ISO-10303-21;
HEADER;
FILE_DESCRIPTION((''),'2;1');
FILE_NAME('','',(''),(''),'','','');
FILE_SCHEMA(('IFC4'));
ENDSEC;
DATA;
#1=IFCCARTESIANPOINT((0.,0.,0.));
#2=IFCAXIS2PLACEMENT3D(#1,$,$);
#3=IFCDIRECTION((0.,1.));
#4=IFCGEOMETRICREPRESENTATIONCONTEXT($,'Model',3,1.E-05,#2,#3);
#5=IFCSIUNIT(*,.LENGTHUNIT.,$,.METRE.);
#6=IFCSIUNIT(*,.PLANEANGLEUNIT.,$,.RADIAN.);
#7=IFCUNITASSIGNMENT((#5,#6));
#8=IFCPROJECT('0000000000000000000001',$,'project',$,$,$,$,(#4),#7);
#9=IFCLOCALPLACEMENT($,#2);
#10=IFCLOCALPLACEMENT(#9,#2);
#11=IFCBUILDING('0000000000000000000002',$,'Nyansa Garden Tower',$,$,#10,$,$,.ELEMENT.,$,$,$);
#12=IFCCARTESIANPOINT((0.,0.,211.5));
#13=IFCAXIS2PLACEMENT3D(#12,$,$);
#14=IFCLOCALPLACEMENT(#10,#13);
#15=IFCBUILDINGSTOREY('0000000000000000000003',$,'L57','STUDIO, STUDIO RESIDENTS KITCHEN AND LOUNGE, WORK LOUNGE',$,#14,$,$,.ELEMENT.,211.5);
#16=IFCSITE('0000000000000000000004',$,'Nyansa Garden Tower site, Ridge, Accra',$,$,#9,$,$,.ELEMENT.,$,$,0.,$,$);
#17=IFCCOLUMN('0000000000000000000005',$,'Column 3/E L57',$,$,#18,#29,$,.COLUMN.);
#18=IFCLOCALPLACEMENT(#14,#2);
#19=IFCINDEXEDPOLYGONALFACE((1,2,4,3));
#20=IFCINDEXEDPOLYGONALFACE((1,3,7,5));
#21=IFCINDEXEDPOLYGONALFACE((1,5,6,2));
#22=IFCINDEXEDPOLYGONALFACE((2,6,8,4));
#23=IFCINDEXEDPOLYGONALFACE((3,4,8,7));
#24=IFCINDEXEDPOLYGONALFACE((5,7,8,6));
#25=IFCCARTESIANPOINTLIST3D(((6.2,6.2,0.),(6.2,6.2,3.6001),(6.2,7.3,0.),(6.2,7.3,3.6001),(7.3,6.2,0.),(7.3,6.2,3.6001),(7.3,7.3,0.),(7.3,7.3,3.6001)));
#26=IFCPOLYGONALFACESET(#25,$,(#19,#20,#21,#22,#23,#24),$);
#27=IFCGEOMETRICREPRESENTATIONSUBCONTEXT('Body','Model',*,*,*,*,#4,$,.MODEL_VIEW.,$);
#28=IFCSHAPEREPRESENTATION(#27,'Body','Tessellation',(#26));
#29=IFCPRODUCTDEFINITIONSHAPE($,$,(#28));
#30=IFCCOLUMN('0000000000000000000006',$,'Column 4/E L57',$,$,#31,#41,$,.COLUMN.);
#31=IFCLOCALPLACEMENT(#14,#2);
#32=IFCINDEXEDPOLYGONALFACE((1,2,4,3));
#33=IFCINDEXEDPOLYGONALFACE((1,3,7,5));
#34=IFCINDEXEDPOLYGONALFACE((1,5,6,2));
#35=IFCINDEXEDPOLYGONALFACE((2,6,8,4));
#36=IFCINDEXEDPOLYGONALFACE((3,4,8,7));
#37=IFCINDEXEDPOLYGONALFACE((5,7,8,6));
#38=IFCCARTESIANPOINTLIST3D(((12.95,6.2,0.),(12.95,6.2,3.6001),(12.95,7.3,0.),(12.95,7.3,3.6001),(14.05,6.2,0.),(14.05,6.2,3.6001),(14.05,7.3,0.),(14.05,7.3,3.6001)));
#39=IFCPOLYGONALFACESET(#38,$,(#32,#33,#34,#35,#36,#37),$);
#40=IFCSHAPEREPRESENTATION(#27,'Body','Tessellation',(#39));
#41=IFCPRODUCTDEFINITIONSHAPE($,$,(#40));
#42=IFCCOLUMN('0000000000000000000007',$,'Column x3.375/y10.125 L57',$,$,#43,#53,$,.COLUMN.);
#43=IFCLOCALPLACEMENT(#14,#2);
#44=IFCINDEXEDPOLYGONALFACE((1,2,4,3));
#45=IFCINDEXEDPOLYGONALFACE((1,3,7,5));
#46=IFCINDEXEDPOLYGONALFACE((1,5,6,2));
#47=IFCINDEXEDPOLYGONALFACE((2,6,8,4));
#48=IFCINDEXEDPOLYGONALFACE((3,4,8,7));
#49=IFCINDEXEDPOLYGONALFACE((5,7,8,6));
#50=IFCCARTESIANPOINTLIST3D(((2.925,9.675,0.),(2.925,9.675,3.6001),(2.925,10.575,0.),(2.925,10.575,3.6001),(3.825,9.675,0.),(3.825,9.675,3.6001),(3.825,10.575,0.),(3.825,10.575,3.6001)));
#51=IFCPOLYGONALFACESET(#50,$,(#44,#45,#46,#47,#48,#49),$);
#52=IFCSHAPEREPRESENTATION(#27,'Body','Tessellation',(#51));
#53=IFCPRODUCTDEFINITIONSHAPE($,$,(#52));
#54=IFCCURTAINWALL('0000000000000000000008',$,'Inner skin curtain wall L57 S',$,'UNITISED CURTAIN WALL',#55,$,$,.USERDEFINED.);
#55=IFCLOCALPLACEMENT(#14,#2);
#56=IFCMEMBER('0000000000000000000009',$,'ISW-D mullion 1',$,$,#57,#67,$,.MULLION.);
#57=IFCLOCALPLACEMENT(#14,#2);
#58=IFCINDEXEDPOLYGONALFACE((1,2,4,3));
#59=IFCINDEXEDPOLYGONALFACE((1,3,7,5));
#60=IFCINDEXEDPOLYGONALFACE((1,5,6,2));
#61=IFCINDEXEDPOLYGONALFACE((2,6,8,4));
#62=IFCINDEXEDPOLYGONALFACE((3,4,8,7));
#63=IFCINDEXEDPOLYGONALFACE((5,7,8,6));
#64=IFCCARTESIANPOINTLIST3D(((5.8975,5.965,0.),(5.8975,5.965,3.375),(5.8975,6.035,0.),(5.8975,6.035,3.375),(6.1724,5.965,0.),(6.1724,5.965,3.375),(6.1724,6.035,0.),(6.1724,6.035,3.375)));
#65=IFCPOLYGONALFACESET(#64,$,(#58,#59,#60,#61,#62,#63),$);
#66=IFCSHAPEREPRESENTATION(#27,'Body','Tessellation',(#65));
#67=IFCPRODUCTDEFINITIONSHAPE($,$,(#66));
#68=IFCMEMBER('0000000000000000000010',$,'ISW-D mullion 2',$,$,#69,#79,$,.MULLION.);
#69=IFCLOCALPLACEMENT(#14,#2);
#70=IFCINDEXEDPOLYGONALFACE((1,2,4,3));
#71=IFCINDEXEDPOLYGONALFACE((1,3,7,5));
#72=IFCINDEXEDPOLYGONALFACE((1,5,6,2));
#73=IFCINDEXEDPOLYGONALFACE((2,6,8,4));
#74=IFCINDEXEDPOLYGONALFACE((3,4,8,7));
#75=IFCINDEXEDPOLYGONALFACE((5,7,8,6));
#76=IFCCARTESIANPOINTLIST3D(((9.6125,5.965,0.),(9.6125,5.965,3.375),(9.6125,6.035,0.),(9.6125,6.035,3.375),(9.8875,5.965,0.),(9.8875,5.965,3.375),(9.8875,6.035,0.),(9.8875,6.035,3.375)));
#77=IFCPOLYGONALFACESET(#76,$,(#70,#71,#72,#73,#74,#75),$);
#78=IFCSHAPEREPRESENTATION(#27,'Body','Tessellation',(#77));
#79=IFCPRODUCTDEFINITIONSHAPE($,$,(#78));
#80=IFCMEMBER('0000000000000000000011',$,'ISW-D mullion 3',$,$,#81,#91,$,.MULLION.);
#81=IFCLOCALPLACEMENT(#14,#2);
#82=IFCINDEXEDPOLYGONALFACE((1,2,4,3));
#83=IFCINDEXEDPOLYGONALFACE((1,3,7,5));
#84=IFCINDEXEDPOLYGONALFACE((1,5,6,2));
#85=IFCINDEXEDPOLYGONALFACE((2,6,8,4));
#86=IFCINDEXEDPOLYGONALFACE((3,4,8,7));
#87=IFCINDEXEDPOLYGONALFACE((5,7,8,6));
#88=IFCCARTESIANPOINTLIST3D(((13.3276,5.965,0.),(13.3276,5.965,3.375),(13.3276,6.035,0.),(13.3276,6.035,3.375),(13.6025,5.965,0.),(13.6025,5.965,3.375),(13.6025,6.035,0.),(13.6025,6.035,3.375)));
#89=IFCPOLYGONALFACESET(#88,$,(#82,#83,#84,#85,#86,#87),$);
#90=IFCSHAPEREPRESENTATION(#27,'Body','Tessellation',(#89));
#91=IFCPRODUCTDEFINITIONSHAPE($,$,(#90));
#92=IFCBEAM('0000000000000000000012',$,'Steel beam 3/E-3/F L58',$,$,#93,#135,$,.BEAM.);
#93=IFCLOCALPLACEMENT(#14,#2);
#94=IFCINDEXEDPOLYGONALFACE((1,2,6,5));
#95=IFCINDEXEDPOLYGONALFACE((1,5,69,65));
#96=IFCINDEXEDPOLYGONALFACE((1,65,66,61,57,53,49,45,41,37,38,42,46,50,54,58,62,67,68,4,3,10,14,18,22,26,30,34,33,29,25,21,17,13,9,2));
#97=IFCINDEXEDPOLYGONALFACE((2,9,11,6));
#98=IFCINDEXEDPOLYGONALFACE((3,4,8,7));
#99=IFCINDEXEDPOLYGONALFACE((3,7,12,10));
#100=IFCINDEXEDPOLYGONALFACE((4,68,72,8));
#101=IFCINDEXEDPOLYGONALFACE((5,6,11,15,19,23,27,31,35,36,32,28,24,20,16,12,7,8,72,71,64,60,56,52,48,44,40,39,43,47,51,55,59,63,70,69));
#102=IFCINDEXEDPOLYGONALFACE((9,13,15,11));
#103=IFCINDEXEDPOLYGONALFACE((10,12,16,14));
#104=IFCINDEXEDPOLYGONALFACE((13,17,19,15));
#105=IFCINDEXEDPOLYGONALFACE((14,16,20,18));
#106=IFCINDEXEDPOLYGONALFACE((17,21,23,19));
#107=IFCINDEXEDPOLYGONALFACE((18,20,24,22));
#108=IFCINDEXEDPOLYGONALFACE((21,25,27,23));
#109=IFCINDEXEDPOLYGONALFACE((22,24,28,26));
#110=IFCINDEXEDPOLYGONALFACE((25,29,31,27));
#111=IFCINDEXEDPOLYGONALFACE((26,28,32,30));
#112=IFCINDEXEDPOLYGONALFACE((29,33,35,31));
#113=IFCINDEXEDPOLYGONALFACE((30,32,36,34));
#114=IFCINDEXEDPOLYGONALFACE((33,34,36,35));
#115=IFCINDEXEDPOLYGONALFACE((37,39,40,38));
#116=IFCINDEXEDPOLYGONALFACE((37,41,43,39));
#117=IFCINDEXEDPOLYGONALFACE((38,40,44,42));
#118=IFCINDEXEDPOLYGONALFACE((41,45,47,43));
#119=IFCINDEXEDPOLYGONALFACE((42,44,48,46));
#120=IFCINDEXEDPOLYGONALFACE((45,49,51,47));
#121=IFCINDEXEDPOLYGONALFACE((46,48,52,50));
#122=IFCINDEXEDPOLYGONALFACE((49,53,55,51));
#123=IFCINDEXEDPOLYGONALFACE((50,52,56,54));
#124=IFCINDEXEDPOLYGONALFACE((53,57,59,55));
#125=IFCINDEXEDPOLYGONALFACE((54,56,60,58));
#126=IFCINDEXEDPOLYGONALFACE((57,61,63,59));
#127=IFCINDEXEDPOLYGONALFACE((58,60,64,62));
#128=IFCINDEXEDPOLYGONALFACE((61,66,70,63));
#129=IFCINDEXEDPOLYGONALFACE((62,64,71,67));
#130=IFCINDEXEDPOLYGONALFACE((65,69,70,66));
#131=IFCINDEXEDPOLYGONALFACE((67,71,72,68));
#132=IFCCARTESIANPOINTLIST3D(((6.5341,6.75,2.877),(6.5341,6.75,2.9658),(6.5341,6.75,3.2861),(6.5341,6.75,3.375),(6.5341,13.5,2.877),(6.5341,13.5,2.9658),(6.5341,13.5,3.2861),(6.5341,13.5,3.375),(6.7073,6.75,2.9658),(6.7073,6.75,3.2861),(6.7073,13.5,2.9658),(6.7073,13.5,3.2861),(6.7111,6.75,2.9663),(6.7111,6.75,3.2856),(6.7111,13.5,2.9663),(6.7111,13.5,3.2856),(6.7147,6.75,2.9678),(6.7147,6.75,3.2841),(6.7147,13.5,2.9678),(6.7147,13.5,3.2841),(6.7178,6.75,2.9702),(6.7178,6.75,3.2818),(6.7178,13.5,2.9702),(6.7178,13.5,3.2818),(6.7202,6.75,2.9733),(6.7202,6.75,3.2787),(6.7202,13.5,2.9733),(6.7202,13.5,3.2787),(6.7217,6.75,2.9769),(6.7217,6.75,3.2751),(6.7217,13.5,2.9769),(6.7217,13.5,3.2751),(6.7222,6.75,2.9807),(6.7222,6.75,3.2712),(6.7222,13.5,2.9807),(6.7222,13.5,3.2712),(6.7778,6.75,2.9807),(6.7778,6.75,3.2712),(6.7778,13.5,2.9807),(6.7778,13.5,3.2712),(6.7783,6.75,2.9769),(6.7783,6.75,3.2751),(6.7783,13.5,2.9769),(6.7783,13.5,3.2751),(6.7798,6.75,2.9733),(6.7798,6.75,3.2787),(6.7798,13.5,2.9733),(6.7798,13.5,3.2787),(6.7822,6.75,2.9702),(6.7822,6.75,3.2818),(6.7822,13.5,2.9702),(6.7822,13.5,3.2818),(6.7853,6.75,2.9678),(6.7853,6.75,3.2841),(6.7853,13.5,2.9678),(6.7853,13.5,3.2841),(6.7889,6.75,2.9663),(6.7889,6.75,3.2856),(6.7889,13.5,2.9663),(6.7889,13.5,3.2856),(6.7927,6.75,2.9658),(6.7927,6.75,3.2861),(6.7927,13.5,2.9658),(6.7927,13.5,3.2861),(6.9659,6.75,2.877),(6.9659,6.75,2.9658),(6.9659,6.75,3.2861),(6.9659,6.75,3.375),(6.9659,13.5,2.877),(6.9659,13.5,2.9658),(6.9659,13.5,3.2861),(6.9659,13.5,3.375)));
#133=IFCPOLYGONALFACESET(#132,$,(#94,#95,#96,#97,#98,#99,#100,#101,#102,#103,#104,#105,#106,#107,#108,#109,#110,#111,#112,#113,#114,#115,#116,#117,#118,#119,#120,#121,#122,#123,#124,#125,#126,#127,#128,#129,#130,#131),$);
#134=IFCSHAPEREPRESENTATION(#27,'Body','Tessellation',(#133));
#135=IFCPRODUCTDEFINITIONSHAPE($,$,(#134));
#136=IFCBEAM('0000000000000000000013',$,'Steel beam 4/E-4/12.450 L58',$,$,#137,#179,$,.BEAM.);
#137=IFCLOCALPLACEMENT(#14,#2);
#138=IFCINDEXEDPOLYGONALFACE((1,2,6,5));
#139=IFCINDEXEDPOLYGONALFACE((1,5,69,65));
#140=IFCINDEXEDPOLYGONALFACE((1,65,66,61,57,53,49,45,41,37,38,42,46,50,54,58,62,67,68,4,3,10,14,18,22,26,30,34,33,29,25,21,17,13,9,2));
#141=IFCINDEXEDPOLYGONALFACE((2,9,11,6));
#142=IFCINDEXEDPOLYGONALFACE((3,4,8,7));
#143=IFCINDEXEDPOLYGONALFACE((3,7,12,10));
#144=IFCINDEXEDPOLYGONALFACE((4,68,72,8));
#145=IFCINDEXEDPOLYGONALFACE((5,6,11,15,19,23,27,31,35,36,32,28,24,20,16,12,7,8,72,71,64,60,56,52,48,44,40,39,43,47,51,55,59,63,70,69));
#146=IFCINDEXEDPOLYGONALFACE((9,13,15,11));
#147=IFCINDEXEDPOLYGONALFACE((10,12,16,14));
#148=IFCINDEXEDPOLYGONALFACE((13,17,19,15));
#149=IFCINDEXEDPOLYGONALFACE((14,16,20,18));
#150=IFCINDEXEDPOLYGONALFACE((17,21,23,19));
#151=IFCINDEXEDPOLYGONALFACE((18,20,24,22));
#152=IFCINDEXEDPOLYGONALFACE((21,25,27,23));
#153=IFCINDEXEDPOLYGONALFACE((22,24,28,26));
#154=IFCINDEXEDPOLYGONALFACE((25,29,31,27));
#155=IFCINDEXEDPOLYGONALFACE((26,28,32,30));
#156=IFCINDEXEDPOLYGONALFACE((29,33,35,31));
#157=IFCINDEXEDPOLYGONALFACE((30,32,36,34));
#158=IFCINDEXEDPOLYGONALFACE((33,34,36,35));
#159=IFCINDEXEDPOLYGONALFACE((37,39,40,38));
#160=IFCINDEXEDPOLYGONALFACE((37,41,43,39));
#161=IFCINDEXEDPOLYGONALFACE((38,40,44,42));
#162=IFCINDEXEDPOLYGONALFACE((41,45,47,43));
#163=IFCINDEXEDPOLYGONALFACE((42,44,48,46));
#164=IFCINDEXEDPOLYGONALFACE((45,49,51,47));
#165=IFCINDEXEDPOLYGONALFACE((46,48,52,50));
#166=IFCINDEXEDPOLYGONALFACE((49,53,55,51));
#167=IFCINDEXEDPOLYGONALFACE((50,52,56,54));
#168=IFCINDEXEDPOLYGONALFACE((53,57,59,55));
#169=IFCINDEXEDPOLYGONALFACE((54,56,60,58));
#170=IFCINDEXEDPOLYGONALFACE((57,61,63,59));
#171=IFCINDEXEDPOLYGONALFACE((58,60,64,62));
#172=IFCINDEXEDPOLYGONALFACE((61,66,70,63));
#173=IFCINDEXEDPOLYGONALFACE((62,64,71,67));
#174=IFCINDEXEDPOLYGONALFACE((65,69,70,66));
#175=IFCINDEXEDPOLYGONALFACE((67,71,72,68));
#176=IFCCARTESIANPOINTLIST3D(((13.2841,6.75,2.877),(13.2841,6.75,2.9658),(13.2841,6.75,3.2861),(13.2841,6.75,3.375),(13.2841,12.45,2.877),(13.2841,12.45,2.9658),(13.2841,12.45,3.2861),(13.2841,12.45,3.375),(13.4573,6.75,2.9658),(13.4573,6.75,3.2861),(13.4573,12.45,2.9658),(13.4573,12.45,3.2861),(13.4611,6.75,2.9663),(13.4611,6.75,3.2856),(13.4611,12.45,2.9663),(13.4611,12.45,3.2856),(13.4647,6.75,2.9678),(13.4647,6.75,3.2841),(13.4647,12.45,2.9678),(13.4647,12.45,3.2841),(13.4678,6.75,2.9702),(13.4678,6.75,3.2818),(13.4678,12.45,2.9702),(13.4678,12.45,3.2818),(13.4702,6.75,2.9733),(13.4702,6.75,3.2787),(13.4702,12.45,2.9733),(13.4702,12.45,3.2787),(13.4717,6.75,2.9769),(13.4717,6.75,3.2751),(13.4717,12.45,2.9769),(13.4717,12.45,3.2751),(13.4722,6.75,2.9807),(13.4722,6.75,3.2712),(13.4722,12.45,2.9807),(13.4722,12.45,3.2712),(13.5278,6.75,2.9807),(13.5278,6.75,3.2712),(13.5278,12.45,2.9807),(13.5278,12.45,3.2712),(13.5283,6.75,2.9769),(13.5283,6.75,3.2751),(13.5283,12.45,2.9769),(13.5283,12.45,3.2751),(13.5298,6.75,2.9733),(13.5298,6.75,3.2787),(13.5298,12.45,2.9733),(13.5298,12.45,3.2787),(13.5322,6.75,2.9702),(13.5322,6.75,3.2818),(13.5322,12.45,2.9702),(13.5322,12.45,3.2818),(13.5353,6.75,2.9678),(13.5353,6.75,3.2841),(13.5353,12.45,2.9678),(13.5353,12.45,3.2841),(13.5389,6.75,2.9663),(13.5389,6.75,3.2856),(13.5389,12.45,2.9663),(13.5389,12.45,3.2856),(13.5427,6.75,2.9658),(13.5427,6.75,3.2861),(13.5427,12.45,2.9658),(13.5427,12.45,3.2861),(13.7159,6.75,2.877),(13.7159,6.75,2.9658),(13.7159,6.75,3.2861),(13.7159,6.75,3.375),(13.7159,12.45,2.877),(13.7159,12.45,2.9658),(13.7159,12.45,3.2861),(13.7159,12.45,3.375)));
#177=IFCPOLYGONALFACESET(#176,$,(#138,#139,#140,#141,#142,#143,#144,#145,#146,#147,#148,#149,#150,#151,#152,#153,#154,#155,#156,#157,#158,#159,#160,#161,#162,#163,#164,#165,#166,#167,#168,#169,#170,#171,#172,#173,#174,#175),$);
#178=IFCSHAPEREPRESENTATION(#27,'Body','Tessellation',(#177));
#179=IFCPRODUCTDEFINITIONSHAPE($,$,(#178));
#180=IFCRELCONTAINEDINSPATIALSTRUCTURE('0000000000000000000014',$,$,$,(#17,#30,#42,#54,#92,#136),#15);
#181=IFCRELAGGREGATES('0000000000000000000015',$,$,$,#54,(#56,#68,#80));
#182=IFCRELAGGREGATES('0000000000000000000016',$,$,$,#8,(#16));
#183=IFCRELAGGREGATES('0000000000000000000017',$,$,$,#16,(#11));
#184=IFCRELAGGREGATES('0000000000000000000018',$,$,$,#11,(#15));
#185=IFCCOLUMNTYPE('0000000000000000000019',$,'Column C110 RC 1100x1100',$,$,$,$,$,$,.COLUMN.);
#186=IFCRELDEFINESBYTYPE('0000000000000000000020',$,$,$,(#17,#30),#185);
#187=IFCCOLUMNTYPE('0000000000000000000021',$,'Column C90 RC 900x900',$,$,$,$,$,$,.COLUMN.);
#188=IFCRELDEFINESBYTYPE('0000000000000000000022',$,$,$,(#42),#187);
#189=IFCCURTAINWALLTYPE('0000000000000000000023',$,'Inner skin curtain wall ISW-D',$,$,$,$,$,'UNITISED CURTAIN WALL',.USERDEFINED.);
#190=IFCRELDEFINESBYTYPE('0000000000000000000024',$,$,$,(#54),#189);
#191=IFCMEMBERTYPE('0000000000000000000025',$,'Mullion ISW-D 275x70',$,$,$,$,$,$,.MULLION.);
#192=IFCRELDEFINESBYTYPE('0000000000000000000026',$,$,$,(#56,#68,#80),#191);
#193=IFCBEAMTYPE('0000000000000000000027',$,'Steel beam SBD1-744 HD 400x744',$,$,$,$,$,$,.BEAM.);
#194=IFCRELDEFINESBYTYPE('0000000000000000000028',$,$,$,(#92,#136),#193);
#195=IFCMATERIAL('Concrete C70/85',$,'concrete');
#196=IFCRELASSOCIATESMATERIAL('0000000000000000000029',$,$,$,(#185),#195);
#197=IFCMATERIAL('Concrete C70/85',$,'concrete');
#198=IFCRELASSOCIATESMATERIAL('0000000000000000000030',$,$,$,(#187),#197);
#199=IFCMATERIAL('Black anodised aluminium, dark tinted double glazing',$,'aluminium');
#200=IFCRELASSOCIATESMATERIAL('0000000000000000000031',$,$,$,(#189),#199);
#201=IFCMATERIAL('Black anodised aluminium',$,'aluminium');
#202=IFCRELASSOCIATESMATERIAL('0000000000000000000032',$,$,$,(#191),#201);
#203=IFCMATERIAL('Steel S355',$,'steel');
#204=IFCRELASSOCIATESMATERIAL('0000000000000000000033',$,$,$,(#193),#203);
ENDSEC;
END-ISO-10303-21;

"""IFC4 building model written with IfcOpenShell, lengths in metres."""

from ifc_helpers import new_model, si_unit, direction, frame, origin, origin_2d, place, context, subcontext, project, spatial, rectangle, i_section, extrude, material, material_profile, profile_set, type_object, element, aggregate, save


model = new_model("IFC4")

# Units and contexts
model_context = context("Model", 3, precision=1e-05, world=origin(), true_north=direction((0.0, 1.0)))
body_context = subcontext(model_context, "Body", "Model", "MODEL_VIEW")
ifc_project = project(units=[si_unit("LENGTHUNIT", "METRE"), si_unit("PLANEANGLEUNIT", "RADIAN")], contexts=[model_context])

# Site, building, storey
site_placement = place(None, origin())
site = spatial("IfcSite", under=ifc_project, at=site_placement, Name="Nyansa Garden Tower site, Ridge, Accra", CompositionType="ELEMENT", RefElevation=0.0)
building_placement = place(site_placement, origin())
building = spatial("IfcBuilding", under=site, at=building_placement, Name="Nyansa Garden Tower", CompositionType="ELEMENT")
storey_placement = place(building_placement, frame((0.0, 0.0, 211.5)))
storey = spatial("IfcBuildingStorey", under=building, at=storey_placement, Name="L57", Description="STUDIO, STUDIO RESIDENTS KITCHEN AND LOUNGE, WORK LOUNGE", CompositionType="ELEMENT", Elevation=211.5)

# Columns
ifc_material_1 = material(Name="Concrete C70/85", Category="concrete")
ifc_material_profile_1 = material_profile(ifc_material_1, rectangle(XDim=1.1001, YDim=1.1001, at=origin_2d()), Name="RC 1100x1100")
ifc_profile_set_1 = profile_set([ifc_material_profile_1], Name="Concrete C70/85")
column_type_1 = type_object("IfcColumnType", Name="Column C110 RC 1100x1100", PredefinedType="COLUMN", material=ifc_profile_set_1)
for number, where, z_axis, x_axis, name in (
    (1, (6.75, 6.75, 0.0), (0.0, 0.0, 1.0), (1.0, 0.0, 0.0), "Column 3/E L57"),
    (2, (13.5, 6.75, 0.0), (0.0, 0.0, 1.0), (1.0, 0.0, 0.0), "Column 4/E L57"),
):
    element("IfcColumn", number, at=place(storey_placement, frame(where, z_axis=z_axis, x_axis=x_axis)), inside=storey, type_object=column_type_1, Name=name, PredefinedType="COLUMN", context=body_context, shape_type="SweptSolid", body=[
        extrude(rectangle(XDim=1.1001, YDim=1.1001, at=origin_2d()), origin(), (0.0, 0.0, 1.0), 3.6001),
    ])
ifc_material_2 = material(Name="Concrete C70/85", Category="concrete")
ifc_material_profile_2 = material_profile(ifc_material_2, rectangle(XDim=0.8999, YDim=0.8999, at=origin_2d()), Name="RC 900x900")
ifc_profile_set_2 = profile_set([ifc_material_profile_2], Name="Concrete C70/85")
column_type_2 = type_object("IfcColumnType", Name="Column C90 RC 900x900", PredefinedType="COLUMN", material=ifc_profile_set_2)
column_placement = place(storey_placement, frame((3.375, 10.125, 0.0), z_axis=(0.0, 0.0, 1.0), x_axis=(1.0, 0.0, 0.0)))
element("IfcColumn", 3, at=column_placement, inside=storey, type_object=column_type_2, Name="Column x3.375/y10.125 L57", PredefinedType="COLUMN", context=body_context, shape_type="SweptSolid", body=[
    extrude(rectangle(XDim=0.8999, YDim=0.8999, at=origin_2d()), origin(), (0.0, 0.0, 1.0), 3.6001),
])

# Curtain wall, members
ifc_material_3 = material(Name="Black anodised aluminium, dark tinted double glazing", Category="aluminium")
curtain_wall_type = type_object("IfcCurtainWallType", Name="Inner skin curtain wall ISW-D", ElementType="UNITISED CURTAIN WALL", PredefinedType="USERDEFINED", material=ifc_material_3)
curtain_wall_placement = place(storey_placement, origin())
curtain_wall = element("IfcCurtainWall", 4, at=curtain_wall_placement, inside=storey, type_object=curtain_wall_type, Name="Inner skin curtain wall L57 S", ObjectType="UNITISED CURTAIN WALL", PredefinedType="USERDEFINED")
ifc_material_4 = material(Name="Black anodised aluminium", Category="aluminium")
ifc_material_profile_3 = material_profile(ifc_material_4, rectangle(XDim=0.0701, YDim=0.2749, at=origin_2d()), Name="Mullion 275x70")
ifc_profile_set_3 = profile_set([ifc_material_profile_3], Name="Black anodised aluminium")
member_type_1 = type_object("IfcMemberType", Name="Mullion ISW-D 275x70", PredefinedType="MULLION", material=ifc_profile_set_3)
member_1_placement = place(storey_placement, frame((6.0349, 6.0, 0.0), z_axis=(0.0, 0.0, 1.0), x_axis=(0.0, 1.0, 0.0)))
member_1 = element("IfcMember", 5, at=member_1_placement, type_object=member_type_1, Name="ISW-D mullion 1", PredefinedType="MULLION", context=body_context, shape_type="SweptSolid", body=[
    extrude(rectangle(XDim=0.0701, YDim=0.2749, at=origin_2d()), origin(), (0.0, 0.0, 1.0), 3.375),
])
member_2_placement = place(storey_placement, frame((9.75, 6.0, 0.0), z_axis=(0.0, 0.0, 1.0), x_axis=(0.0, 1.0, 0.0)))
member_2 = element("IfcMember", 6, at=member_2_placement, type_object=member_type_1, Name="ISW-D mullion 2", PredefinedType="MULLION", context=body_context, shape_type="SweptSolid", body=[
    extrude(rectangle(XDim=0.0701, YDim=0.2749, at=origin_2d()), origin(), (0.0, 0.0, 1.0), 3.375),
])
member_3_placement = place(storey_placement, frame((13.4651, 6.0, 0.0), z_axis=(0.0, 0.0, 1.0), x_axis=(0.0, 1.0, 0.0)))
member_3 = element("IfcMember", 7, at=member_3_placement, type_object=member_type_1, Name="ISW-D mullion 3", PredefinedType="MULLION", context=body_context, shape_type="SweptSolid", body=[
    extrude(rectangle(XDim=0.0701, YDim=0.2749, at=origin_2d()), origin(), (0.0, 0.0, 1.0), 3.375),
])

# Beams
ifc_material_5 = material(Name="Steel S355", Category="steel")
ifc_material_profile_4 = material_profile(ifc_material_5, i_section(OverallWidth=0.4319, OverallDepth=0.498, WebThickness=0.0557, FlangeThickness=0.0889, FilletRadius=0.0149, at=origin_2d()), Name="HD 400x744")
ifc_profile_set_4 = profile_set([ifc_material_profile_4], Name="Steel S355")
beam_type_1 = type_object("IfcBeamType", Name="Steel beam SBD1-744 HD 400x744", PredefinedType="BEAM", material=ifc_profile_set_4)
beam_1_placement = place(storey_placement, frame((6.75, 6.75, 3.126), z_axis=(0.0, 1.0, 0.0), x_axis=(-1.0, 0.0, 0.0)))
element("IfcBeam", 8, at=beam_1_placement, inside=storey, type_object=beam_type_1, Name="Steel beam 3/E-3/F L58", PredefinedType="BEAM", context=body_context, shape_type="SweptSolid", body=[
    extrude(i_section(OverallWidth=0.4319, OverallDepth=0.498, WebThickness=0.0557, FlangeThickness=0.0889, FilletRadius=0.0149, at=origin_2d()), origin(), (0.0, 0.0, 1.0), 6.75),
])
beam_2_placement = place(storey_placement, frame((13.5, 6.75, 3.126), z_axis=(0.0, 1.0, 0.0), x_axis=(-1.0, 0.0, 0.0)))
element("IfcBeam", 9, at=beam_2_placement, inside=storey, type_object=beam_type_1, Name="Steel beam 4/E-4/12.450 L58", PredefinedType="BEAM", context=body_context, shape_type="SweptSolid", body=[
    extrude(i_section(OverallWidth=0.4319, OverallDepth=0.498, WebThickness=0.0557, FlangeThickness=0.0889, FilletRadius=0.0149, at=origin_2d()), origin(), (0.0, 0.0, 1.0), 5.7),
])

aggregate(curtain_wall, [member_1, member_2, member_3])

save(model, "model.ifc")
